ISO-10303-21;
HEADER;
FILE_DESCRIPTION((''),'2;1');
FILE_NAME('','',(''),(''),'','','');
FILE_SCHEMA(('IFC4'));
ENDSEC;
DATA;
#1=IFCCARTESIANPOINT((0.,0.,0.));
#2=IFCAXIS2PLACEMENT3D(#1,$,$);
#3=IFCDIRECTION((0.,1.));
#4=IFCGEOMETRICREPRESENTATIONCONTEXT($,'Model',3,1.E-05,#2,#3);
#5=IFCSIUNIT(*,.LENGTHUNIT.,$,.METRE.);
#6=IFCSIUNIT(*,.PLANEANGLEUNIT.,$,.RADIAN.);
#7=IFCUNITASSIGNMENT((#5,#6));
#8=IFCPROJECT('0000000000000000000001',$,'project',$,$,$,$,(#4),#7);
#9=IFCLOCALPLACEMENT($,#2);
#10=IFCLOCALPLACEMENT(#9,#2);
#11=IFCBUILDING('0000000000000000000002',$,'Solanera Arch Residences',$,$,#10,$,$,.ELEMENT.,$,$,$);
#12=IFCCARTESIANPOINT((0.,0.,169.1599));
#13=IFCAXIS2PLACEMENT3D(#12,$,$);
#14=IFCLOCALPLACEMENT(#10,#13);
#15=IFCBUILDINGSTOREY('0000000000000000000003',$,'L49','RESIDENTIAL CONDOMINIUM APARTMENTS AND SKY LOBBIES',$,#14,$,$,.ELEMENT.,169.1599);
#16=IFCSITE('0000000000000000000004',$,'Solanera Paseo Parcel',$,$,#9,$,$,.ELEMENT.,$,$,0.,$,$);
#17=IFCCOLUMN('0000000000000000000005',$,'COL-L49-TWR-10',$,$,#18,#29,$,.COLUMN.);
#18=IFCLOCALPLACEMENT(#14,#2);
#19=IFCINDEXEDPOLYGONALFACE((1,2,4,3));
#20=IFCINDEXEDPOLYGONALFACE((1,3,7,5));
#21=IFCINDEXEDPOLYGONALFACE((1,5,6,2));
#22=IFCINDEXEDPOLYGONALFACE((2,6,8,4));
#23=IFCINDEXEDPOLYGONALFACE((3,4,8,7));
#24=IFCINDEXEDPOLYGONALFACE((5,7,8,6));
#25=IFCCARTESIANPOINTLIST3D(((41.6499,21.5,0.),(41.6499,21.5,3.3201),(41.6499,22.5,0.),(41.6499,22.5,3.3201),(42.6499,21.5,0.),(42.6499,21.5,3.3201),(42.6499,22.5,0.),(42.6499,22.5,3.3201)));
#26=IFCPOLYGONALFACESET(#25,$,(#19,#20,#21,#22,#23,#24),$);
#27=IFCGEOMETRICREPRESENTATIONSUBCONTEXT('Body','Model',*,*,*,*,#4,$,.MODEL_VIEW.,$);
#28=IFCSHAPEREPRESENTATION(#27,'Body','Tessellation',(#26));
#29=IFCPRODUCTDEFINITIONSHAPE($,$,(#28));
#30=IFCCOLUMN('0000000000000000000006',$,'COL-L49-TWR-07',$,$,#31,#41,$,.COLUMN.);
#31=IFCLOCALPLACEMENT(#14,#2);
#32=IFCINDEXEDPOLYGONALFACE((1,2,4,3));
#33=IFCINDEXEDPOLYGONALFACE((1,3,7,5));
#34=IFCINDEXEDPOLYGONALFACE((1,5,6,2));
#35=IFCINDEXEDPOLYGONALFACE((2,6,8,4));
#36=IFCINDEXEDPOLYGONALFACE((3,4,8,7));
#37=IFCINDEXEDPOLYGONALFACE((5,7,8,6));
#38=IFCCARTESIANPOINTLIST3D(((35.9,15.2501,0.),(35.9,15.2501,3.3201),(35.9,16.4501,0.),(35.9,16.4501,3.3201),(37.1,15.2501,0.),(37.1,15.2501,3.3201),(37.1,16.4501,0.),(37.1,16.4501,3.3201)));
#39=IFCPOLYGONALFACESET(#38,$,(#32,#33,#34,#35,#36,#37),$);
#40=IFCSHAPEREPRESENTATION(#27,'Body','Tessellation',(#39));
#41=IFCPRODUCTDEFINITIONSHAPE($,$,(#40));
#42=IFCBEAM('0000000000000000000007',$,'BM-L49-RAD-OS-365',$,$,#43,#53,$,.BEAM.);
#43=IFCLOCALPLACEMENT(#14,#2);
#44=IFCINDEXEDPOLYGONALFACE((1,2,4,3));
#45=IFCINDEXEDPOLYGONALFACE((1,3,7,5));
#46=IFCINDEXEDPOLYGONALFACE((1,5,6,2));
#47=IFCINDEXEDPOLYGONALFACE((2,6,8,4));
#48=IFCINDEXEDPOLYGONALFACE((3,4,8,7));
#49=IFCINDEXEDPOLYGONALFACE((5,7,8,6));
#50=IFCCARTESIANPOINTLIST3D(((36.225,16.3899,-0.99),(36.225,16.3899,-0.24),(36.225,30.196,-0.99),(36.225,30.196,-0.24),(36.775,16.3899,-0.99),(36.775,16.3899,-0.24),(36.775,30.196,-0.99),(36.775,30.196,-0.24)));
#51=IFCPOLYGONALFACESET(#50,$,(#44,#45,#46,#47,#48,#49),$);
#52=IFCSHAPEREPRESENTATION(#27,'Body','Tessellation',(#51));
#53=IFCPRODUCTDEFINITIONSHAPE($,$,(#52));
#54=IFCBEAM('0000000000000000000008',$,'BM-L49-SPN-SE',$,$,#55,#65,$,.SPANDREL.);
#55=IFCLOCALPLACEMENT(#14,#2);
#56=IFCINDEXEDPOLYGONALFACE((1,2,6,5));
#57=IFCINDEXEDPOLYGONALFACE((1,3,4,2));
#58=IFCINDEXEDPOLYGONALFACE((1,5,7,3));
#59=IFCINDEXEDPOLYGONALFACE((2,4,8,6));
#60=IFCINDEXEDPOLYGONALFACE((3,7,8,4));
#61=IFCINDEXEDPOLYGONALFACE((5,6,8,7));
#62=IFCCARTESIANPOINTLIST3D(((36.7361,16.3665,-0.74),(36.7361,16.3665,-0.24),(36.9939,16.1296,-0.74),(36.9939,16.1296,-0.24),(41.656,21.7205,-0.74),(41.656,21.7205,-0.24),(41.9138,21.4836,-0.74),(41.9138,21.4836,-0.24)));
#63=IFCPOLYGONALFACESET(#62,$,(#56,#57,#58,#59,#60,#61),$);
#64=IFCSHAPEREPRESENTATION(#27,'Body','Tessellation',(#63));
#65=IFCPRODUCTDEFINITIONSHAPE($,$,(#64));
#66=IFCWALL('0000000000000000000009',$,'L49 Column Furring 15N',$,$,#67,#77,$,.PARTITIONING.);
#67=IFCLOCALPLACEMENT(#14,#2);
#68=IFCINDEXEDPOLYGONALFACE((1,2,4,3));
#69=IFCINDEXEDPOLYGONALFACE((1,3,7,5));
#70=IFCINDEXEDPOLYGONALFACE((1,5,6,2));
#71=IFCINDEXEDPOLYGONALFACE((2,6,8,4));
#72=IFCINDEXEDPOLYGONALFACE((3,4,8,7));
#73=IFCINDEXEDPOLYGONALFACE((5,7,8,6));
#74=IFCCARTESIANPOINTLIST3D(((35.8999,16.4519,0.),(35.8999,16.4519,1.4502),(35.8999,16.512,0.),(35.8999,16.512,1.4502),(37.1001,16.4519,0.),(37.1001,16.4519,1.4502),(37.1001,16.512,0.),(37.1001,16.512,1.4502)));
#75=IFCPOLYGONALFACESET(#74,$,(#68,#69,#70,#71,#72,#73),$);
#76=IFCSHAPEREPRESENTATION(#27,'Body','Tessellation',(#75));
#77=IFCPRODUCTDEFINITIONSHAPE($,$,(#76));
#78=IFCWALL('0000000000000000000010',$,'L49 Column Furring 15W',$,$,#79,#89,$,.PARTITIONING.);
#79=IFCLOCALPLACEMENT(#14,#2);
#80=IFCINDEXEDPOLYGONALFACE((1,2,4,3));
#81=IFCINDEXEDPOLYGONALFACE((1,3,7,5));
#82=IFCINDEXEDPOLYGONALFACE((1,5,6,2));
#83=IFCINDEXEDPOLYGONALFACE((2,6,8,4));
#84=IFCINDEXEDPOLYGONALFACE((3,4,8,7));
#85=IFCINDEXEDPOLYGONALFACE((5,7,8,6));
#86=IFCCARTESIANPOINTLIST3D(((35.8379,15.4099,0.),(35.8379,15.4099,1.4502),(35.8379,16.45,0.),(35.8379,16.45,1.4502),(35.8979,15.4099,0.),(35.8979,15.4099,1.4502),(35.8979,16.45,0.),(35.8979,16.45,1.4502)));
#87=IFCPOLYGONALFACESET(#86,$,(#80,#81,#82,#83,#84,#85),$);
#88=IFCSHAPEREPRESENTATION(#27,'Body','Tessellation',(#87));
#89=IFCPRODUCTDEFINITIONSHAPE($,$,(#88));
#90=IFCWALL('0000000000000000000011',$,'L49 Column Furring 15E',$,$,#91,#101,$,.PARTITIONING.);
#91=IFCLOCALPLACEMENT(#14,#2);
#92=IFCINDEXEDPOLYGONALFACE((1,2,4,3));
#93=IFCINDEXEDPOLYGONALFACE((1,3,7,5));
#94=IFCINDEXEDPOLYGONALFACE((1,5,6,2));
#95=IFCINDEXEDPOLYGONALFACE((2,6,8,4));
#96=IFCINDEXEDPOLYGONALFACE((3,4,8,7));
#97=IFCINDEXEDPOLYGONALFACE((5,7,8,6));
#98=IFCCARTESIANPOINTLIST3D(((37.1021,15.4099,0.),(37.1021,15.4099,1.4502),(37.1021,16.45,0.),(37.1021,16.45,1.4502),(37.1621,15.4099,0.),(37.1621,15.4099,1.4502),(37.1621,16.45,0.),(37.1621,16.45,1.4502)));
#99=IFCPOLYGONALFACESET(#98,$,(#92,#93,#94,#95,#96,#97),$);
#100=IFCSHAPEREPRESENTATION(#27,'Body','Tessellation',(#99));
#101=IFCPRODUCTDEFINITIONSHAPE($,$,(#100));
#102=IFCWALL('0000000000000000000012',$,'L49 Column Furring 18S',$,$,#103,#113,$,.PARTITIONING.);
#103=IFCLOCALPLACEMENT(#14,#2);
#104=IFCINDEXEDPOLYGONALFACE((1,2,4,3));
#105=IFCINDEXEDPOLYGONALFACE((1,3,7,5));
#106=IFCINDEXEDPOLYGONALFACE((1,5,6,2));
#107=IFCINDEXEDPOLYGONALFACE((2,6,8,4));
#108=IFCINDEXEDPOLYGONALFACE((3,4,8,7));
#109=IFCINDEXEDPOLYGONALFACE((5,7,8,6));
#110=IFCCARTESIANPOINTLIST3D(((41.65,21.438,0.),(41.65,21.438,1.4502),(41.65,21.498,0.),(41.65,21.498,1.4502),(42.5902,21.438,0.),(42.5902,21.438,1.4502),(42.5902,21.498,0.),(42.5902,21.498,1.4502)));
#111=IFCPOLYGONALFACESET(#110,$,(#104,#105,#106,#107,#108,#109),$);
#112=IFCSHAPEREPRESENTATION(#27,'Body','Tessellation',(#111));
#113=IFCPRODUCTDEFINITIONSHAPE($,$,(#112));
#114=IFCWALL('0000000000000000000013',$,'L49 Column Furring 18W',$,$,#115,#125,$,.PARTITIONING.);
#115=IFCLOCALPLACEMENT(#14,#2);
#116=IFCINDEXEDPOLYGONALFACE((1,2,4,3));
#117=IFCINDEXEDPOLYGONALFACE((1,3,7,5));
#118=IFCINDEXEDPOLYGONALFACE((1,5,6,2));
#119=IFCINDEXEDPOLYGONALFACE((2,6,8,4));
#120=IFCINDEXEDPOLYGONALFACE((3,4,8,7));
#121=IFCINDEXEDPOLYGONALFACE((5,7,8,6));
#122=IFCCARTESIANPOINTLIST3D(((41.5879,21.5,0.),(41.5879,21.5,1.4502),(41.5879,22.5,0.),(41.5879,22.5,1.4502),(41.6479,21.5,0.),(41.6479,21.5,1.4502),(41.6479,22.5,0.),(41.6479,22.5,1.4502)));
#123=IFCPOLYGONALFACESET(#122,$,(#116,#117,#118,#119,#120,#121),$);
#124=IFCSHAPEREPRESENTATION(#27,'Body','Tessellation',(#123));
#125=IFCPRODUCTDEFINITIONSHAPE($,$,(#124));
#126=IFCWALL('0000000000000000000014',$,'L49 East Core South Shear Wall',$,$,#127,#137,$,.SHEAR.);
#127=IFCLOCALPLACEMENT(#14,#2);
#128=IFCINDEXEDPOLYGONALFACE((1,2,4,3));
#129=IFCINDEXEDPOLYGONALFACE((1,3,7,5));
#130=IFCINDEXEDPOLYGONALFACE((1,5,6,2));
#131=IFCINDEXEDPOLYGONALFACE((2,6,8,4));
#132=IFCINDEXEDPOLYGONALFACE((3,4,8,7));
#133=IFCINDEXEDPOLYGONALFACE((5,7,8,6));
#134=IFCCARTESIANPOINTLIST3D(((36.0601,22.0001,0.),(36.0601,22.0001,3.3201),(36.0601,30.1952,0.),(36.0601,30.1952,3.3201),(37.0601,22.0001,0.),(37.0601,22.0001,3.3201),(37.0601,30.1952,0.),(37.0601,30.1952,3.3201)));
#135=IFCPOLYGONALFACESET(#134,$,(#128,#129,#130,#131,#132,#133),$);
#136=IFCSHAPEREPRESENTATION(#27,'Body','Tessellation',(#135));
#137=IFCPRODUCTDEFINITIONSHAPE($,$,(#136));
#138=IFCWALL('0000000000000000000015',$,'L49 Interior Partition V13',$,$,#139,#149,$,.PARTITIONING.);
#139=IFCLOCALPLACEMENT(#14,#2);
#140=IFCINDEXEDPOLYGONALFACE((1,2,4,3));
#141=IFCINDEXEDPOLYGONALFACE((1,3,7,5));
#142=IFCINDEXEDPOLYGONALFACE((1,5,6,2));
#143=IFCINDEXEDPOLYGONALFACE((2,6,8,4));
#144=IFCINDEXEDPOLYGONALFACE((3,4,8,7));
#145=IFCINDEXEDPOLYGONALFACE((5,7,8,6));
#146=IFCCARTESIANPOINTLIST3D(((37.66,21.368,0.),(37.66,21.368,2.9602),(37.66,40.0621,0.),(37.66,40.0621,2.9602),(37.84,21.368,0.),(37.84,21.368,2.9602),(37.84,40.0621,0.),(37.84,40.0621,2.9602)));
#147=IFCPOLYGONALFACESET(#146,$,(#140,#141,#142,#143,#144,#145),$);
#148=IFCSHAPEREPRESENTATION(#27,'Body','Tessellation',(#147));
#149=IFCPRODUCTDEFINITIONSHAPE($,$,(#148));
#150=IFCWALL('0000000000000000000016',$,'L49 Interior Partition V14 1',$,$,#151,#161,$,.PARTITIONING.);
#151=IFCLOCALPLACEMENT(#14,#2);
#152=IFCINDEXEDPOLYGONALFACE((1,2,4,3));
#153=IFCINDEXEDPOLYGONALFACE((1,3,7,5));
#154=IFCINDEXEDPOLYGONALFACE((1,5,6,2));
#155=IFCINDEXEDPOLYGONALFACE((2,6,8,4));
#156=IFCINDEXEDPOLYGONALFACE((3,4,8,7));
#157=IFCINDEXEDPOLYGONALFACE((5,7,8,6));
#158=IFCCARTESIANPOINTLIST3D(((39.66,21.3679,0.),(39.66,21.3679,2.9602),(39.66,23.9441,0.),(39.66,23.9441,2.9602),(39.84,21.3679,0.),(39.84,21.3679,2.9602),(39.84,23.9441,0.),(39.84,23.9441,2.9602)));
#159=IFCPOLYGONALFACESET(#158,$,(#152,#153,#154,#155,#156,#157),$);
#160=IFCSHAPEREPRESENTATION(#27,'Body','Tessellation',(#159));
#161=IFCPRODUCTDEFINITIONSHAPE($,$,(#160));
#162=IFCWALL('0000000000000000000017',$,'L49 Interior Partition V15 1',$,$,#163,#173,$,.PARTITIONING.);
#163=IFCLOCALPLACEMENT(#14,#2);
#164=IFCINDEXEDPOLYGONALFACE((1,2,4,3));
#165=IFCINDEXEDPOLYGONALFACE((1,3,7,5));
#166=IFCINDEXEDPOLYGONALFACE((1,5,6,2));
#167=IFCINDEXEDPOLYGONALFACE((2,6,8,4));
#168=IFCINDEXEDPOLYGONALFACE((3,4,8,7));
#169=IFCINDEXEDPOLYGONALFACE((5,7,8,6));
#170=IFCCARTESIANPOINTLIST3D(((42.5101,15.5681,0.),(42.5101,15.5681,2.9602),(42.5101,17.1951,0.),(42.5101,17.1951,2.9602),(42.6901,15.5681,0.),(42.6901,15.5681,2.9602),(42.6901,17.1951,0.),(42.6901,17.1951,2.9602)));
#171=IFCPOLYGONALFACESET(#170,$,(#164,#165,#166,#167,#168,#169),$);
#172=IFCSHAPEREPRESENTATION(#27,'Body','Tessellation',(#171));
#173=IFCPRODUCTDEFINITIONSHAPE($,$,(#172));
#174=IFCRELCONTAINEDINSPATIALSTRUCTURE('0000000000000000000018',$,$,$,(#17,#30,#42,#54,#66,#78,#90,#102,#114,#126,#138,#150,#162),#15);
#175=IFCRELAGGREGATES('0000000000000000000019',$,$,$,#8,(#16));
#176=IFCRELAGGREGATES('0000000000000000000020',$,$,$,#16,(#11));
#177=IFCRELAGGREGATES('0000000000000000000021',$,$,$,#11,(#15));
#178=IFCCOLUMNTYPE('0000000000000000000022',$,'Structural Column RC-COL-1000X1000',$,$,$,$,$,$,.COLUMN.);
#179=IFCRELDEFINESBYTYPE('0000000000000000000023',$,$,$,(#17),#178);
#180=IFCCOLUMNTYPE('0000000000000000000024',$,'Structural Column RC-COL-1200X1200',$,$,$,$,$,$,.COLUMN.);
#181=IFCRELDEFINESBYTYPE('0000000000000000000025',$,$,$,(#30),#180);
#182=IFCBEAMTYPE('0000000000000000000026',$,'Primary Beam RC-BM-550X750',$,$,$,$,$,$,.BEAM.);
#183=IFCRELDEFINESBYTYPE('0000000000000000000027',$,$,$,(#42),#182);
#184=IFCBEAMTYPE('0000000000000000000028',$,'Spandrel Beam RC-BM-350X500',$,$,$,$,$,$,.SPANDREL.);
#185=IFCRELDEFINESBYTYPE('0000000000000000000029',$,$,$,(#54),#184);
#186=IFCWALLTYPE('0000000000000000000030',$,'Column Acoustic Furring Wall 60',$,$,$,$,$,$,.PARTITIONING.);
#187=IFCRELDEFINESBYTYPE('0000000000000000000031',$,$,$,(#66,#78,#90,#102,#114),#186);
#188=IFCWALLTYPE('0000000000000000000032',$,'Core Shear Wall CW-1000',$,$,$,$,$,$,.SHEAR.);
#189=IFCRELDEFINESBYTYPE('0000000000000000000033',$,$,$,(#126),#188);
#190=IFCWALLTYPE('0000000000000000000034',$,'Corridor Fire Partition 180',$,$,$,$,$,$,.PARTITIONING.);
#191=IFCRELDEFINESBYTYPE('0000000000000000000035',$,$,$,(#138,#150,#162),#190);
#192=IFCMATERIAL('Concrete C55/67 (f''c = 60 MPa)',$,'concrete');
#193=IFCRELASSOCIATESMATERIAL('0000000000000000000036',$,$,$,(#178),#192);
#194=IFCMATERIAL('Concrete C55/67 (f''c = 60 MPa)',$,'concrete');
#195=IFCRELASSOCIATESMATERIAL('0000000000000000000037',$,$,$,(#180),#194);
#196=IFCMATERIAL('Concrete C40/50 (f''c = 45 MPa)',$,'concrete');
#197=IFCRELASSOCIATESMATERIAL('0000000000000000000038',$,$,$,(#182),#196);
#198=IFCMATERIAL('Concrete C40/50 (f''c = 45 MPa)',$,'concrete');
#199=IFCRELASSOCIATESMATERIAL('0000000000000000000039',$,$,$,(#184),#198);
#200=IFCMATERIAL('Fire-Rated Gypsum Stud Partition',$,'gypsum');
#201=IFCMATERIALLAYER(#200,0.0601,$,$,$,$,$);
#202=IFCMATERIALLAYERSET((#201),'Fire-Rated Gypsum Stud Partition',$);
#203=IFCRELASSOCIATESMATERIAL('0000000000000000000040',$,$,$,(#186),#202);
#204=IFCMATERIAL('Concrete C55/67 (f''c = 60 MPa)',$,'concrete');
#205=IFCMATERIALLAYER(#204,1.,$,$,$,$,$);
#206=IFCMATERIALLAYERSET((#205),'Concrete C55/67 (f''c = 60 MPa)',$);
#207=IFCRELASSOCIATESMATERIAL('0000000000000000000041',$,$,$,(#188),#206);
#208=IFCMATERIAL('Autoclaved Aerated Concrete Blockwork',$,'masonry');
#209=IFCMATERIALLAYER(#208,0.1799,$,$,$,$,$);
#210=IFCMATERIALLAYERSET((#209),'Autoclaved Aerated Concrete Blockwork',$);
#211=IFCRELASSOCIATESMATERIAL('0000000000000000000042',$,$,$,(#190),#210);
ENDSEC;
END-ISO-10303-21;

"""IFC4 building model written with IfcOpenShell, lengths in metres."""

from ifc_helpers import new_model, si_unit, direction, frame, frame_2d, origin, origin_2d, place, context, subcontext, project, spatial, rectangle, extrude, material, layer, layer_set, material_profile, profile_set, type_object, element, save


model = new_model("IFC4")

# Units and contexts
model_context = context("Model", 3, precision=1e-05, world=origin(), true_north=direction((0.0, 1.0)))
body_context = subcontext(model_context, "Body", "Model", "MODEL_VIEW")
ifc_project = project(units=[si_unit("LENGTHUNIT", "METRE"), si_unit("PLANEANGLEUNIT", "RADIAN")], contexts=[model_context])

# Site, building, storey
site_placement = place(None, origin())
site = spatial("IfcSite", under=ifc_project, at=site_placement, Name="Solanera Paseo Parcel", CompositionType="ELEMENT", RefElevation=0.0)
building_placement = place(site_placement, origin())
building = spatial("IfcBuilding", under=site, at=building_placement, Name="Solanera Arch Residences", CompositionType="ELEMENT")
storey_placement = place(building_placement, frame((0.0, 0.0, 169.1599)))
storey = spatial("IfcBuildingStorey", under=building, at=storey_placement, Name="L49", Description="RESIDENTIAL CONDOMINIUM APARTMENTS AND SKY LOBBIES", CompositionType="ELEMENT", Elevation=169.1599)

# Columns
ifc_material_1 = material(Name="Concrete C55/67 (f'c = 60 MPa)", Category="concrete")
ifc_material_profile_1 = material_profile(ifc_material_1, rectangle(XDim=1.0, YDim=1.0, at=origin_2d()))
ifc_profile_set_1 = profile_set([ifc_material_profile_1], Name="Concrete C55/67 (f'c = 60 MPa)")
column_type_1 = type_object("IfcColumnType", Name="Structural Column RC-COL-1000X1000", PredefinedType="COLUMN", material=ifc_profile_set_1)
column_1_placement = place(storey_placement, frame((42.1499, 22.0, 0.0), z_axis=(0.0, 0.0, 1.0), x_axis=(1.0, 0.0, 0.0)))
element("IfcColumn", 1, at=column_1_placement, inside=storey, type_object=column_type_1, Name="COL-L49-TWR-10", PredefinedType="COLUMN", context=body_context, shape_type="SweptSolid", body=[
    extrude(rectangle(XDim=1.0, YDim=1.0, at=origin_2d()), origin(), (0.0, 0.0, 1.0), 3.3201),
])
ifc_material_2 = material(Name="Concrete C55/67 (f'c = 60 MPa)", Category="concrete")
ifc_material_profile_2 = material_profile(ifc_material_2, rectangle(XDim=1.2, YDim=1.2, at=origin_2d()))
ifc_profile_set_2 = profile_set([ifc_material_profile_2], Name="Concrete C55/67 (f'c = 60 MPa)")
column_type_2 = type_object("IfcColumnType", Name="Structural Column RC-COL-1200X1200", PredefinedType="COLUMN", material=ifc_profile_set_2)
column_2_placement = place(storey_placement, frame((36.5, 15.8501, 0.0), z_axis=(0.0, 0.0, 1.0), x_axis=(1.0, 0.0, 0.0)))
element("IfcColumn", 2, at=column_2_placement, inside=storey, type_object=column_type_2, Name="COL-L49-TWR-07", PredefinedType="COLUMN", context=body_context, shape_type="SweptSolid", body=[
    extrude(rectangle(XDim=1.2, YDim=1.2, at=origin_2d()), origin(), (0.0, 0.0, 1.0), 3.3201),
])

# Beams
ifc_material_3 = material(Name="Concrete C40/50 (f'c = 45 MPa)", Category="concrete")
ifc_material_profile_3 = material_profile(ifc_material_3, rectangle(XDim=0.55, YDim=0.75, at=origin_2d()))
ifc_profile_set_3 = profile_set([ifc_material_profile_3], Name="Concrete C40/50 (f'c = 45 MPa)")
beam_type_1 = type_object("IfcBeamType", Name="Primary Beam RC-BM-550X750", PredefinedType="BEAM", material=ifc_profile_set_3)
beam_1_placement = place(storey_placement, frame((36.5, 16.3899, -0.615), z_axis=(0.0, 1.0, 0.0), x_axis=(-1.0, 0.0, 0.0)))
element("IfcBeam", 3, at=beam_1_placement, inside=storey, type_object=beam_type_1, Name="BM-L49-RAD-OS-365", PredefinedType="BEAM", context=body_context, shape_type="SweptSolid", body=[
    extrude(rectangle(XDim=0.55, YDim=0.75, at=origin_2d()), origin(), (0.0, 0.0, 1.0), 13.8062),
])
ifc_material_4 = material(Name="Concrete C40/50 (f'c = 45 MPa)", Category="concrete")
ifc_material_profile_4 = material_profile(ifc_material_4, rectangle(XDim=0.3501, YDim=0.5, at=origin_2d()))
ifc_profile_set_4 = profile_set([ifc_material_profile_4], Name="Concrete C40/50 (f'c = 45 MPa)")
beam_type_2 = type_object("IfcBeamType", Name="Spandrel Beam RC-BM-350X500", PredefinedType="SPANDREL", material=ifc_profile_set_4)
beam_2_placement = place(storey_placement, frame((36.865, 16.248, -0.49), z_axis=(0.676627, 0.736326, 0.0), x_axis=(-0.736326, 0.676627, 0.0)))
element("IfcBeam", 4, at=beam_2_placement, inside=storey, type_object=beam_type_2, Name="BM-L49-SPN-SE", PredefinedType="SPANDREL", context=body_context, shape_type="SweptSolid", body=[
    extrude(rectangle(XDim=0.3501, YDim=0.5, at=origin_2d()), origin(), (0.0, 0.0, 1.0), 7.2712),
])

# Walls
ifc_material_5 = material(Name="Fire-Rated Gypsum Stud Partition", Category="gypsum")
ifc_layer_1 = layer(ifc_material_5, 0.0601)
ifc_layer_set_1 = layer_set([ifc_layer_1], Name="Fire-Rated Gypsum Stud Partition")
wall_type_1 = type_object("IfcWallType", Name="Column Acoustic Furring Wall 60", PredefinedType="PARTITIONING", material=ifc_layer_set_1)
wall_1_placement = place(storey_placement, frame((35.8999, 16.4819, 0.0), z_axis=(0.0, 0.0, 1.0), x_axis=(1.0, 0.0, 0.0)))
element("IfcWall", 5, at=wall_1_placement, inside=storey, type_object=wall_type_1, Name="L49 Column Furring 15N", PredefinedType="PARTITIONING", context=body_context, shape_type="SweptSolid", body=[
    extrude(rectangle(XDim=1.2002, YDim=0.0601, at=frame_2d((0.6001, 0.0))), origin(), (0.0, 0.0, 1.0), 1.4502),
])
for number, where, z_axis, x_axis, name in (
    (6, (35.8679, 15.4099, 0.0), (0.0, 0.0, 1.0), (0.0, 1.0, 0.0), "L49 Column Furring 15W"),
    (7, (37.1321, 15.4099, 0.0), (0.0, 0.0, 1.0), (0.0, 1.0, 0.0), "L49 Column Furring 15E"),
):
    element("IfcWall", number, at=place(storey_placement, frame(where, z_axis=z_axis, x_axis=x_axis)), inside=storey, type_object=wall_type_1, Name=name, PredefinedType="PARTITIONING", context=body_context, shape_type="SweptSolid", body=[
        extrude(rectangle(XDim=1.04, YDim=0.0601, at=frame_2d((0.52, 0.0))), origin(), (0.0, 0.0, 1.0), 1.4502),
    ])
wall_2_placement = place(storey_placement, frame((41.6499, 21.468, 0.0), z_axis=(0.0, 0.0, 1.0), x_axis=(1.0, 0.0, 0.0)))
element("IfcWall", 8, at=wall_2_placement, inside=storey, type_object=wall_type_1, Name="L49 Column Furring 18S", PredefinedType="PARTITIONING", context=body_context, shape_type="SweptSolid", body=[
    extrude(rectangle(XDim=0.9402, YDim=0.0601, at=frame_2d((0.4702, 0.0))), origin(), (0.0, 0.0, 1.0), 1.4502),
])
wall_3_placement = place(storey_placement, frame((41.6179, 21.5, 0.0), z_axis=(0.0, 0.0, 1.0), x_axis=(0.0, 1.0, 0.0)))
element("IfcWall", 9, at=wall_3_placement, inside=storey, type_object=wall_type_1, Name="L49 Column Furring 18W", PredefinedType="PARTITIONING", context=body_context, shape_type="SweptSolid", body=[
    extrude(rectangle(XDim=1.0, YDim=0.0601, at=frame_2d((0.5, 0.0))), origin(), (0.0, 0.0, 1.0), 1.4502),
])
ifc_material_6 = material(Name="Concrete C55/67 (f'c = 60 MPa)", Category="concrete")
ifc_layer_2 = layer(ifc_material_6, 1.0)
ifc_layer_set_2 = layer_set([ifc_layer_2], Name="Concrete C55/67 (f'c = 60 MPa)")
wall_type_2 = type_object("IfcWallType", Name="Core Shear Wall CW-1000", PredefinedType="SHEAR", material=ifc_layer_set_2)
wall_4_placement = place(storey_placement, frame((36.5601, 22.0, 0.0), z_axis=(0.0, 0.0, 1.0), x_axis=(0.0, 1.0, 0.0)))
element("IfcWall", 10, at=wall_4_placement, inside=storey, type_object=wall_type_2, Name="L49 East Core South Shear Wall", PredefinedType="SHEAR", context=body_context, shape_type="SweptSolid", body=[
    extrude(rectangle(XDim=8.1951, YDim=1.0, at=frame_2d((4.0977, 0.0))), origin(), (0.0, 0.0, 1.0), 3.3201),
])
ifc_material_7 = material(Name="Autoclaved Aerated Concrete Blockwork", Category="masonry")
ifc_layer_3 = layer(ifc_material_7, 0.1799)
ifc_layer_set_3 = layer_set([ifc_layer_3], Name="Autoclaved Aerated Concrete Blockwork")
wall_type_3 = type_object("IfcWallType", Name="Corridor Fire Partition 180", PredefinedType="PARTITIONING", material=ifc_layer_set_3)
wall_5_placement = place(storey_placement, frame((37.75, 21.3679, 0.0), z_axis=(0.0, 0.0, 1.0), x_axis=(0.0, 1.0, 0.0)))
element("IfcWall", 11, at=wall_5_placement, inside=storey, type_object=wall_type_3, Name="L49 Interior Partition V13", PredefinedType="PARTITIONING", context=body_context, shape_type="SweptSolid", body=[
    extrude(rectangle(XDim=18.6941, YDim=0.1799, at=frame_2d((9.3472, 0.0))), origin(), (0.0, 0.0, 1.0), 2.9602),
])
wall_6_placement = place(storey_placement, frame((39.75, 21.3679, 0.0), z_axis=(0.0, 0.0, 1.0), x_axis=(0.0, 1.0, 0.0)))
element("IfcWall", 12, at=wall_6_placement, inside=storey, type_object=wall_type_3, Name="L49 Interior Partition V14 1", PredefinedType="PARTITIONING", context=body_context, shape_type="SweptSolid", body=[
    extrude(rectangle(XDim=2.5762, YDim=0.1799, at=frame_2d((1.2881, 0.0))), origin(), (0.0, 0.0, 1.0), 2.9602),
])
wall_7_placement = place(storey_placement, frame((42.6001, 15.5681, 0.0), z_axis=(0.0, 0.0, 1.0), x_axis=(0.0, 1.0, 0.0)))
element("IfcWall", 13, at=wall_7_placement, inside=storey, type_object=wall_type_3, Name="L49 Interior Partition V15 1", PredefinedType="PARTITIONING", context=body_context, shape_type="SweptSolid", body=[
    extrude(rectangle(XDim=1.627, YDim=0.1799, at=frame_2d((0.8135, 0.0))), origin(), (0.0, 0.0, 1.0), 2.9602),
])

save(model, "model.ifc")
